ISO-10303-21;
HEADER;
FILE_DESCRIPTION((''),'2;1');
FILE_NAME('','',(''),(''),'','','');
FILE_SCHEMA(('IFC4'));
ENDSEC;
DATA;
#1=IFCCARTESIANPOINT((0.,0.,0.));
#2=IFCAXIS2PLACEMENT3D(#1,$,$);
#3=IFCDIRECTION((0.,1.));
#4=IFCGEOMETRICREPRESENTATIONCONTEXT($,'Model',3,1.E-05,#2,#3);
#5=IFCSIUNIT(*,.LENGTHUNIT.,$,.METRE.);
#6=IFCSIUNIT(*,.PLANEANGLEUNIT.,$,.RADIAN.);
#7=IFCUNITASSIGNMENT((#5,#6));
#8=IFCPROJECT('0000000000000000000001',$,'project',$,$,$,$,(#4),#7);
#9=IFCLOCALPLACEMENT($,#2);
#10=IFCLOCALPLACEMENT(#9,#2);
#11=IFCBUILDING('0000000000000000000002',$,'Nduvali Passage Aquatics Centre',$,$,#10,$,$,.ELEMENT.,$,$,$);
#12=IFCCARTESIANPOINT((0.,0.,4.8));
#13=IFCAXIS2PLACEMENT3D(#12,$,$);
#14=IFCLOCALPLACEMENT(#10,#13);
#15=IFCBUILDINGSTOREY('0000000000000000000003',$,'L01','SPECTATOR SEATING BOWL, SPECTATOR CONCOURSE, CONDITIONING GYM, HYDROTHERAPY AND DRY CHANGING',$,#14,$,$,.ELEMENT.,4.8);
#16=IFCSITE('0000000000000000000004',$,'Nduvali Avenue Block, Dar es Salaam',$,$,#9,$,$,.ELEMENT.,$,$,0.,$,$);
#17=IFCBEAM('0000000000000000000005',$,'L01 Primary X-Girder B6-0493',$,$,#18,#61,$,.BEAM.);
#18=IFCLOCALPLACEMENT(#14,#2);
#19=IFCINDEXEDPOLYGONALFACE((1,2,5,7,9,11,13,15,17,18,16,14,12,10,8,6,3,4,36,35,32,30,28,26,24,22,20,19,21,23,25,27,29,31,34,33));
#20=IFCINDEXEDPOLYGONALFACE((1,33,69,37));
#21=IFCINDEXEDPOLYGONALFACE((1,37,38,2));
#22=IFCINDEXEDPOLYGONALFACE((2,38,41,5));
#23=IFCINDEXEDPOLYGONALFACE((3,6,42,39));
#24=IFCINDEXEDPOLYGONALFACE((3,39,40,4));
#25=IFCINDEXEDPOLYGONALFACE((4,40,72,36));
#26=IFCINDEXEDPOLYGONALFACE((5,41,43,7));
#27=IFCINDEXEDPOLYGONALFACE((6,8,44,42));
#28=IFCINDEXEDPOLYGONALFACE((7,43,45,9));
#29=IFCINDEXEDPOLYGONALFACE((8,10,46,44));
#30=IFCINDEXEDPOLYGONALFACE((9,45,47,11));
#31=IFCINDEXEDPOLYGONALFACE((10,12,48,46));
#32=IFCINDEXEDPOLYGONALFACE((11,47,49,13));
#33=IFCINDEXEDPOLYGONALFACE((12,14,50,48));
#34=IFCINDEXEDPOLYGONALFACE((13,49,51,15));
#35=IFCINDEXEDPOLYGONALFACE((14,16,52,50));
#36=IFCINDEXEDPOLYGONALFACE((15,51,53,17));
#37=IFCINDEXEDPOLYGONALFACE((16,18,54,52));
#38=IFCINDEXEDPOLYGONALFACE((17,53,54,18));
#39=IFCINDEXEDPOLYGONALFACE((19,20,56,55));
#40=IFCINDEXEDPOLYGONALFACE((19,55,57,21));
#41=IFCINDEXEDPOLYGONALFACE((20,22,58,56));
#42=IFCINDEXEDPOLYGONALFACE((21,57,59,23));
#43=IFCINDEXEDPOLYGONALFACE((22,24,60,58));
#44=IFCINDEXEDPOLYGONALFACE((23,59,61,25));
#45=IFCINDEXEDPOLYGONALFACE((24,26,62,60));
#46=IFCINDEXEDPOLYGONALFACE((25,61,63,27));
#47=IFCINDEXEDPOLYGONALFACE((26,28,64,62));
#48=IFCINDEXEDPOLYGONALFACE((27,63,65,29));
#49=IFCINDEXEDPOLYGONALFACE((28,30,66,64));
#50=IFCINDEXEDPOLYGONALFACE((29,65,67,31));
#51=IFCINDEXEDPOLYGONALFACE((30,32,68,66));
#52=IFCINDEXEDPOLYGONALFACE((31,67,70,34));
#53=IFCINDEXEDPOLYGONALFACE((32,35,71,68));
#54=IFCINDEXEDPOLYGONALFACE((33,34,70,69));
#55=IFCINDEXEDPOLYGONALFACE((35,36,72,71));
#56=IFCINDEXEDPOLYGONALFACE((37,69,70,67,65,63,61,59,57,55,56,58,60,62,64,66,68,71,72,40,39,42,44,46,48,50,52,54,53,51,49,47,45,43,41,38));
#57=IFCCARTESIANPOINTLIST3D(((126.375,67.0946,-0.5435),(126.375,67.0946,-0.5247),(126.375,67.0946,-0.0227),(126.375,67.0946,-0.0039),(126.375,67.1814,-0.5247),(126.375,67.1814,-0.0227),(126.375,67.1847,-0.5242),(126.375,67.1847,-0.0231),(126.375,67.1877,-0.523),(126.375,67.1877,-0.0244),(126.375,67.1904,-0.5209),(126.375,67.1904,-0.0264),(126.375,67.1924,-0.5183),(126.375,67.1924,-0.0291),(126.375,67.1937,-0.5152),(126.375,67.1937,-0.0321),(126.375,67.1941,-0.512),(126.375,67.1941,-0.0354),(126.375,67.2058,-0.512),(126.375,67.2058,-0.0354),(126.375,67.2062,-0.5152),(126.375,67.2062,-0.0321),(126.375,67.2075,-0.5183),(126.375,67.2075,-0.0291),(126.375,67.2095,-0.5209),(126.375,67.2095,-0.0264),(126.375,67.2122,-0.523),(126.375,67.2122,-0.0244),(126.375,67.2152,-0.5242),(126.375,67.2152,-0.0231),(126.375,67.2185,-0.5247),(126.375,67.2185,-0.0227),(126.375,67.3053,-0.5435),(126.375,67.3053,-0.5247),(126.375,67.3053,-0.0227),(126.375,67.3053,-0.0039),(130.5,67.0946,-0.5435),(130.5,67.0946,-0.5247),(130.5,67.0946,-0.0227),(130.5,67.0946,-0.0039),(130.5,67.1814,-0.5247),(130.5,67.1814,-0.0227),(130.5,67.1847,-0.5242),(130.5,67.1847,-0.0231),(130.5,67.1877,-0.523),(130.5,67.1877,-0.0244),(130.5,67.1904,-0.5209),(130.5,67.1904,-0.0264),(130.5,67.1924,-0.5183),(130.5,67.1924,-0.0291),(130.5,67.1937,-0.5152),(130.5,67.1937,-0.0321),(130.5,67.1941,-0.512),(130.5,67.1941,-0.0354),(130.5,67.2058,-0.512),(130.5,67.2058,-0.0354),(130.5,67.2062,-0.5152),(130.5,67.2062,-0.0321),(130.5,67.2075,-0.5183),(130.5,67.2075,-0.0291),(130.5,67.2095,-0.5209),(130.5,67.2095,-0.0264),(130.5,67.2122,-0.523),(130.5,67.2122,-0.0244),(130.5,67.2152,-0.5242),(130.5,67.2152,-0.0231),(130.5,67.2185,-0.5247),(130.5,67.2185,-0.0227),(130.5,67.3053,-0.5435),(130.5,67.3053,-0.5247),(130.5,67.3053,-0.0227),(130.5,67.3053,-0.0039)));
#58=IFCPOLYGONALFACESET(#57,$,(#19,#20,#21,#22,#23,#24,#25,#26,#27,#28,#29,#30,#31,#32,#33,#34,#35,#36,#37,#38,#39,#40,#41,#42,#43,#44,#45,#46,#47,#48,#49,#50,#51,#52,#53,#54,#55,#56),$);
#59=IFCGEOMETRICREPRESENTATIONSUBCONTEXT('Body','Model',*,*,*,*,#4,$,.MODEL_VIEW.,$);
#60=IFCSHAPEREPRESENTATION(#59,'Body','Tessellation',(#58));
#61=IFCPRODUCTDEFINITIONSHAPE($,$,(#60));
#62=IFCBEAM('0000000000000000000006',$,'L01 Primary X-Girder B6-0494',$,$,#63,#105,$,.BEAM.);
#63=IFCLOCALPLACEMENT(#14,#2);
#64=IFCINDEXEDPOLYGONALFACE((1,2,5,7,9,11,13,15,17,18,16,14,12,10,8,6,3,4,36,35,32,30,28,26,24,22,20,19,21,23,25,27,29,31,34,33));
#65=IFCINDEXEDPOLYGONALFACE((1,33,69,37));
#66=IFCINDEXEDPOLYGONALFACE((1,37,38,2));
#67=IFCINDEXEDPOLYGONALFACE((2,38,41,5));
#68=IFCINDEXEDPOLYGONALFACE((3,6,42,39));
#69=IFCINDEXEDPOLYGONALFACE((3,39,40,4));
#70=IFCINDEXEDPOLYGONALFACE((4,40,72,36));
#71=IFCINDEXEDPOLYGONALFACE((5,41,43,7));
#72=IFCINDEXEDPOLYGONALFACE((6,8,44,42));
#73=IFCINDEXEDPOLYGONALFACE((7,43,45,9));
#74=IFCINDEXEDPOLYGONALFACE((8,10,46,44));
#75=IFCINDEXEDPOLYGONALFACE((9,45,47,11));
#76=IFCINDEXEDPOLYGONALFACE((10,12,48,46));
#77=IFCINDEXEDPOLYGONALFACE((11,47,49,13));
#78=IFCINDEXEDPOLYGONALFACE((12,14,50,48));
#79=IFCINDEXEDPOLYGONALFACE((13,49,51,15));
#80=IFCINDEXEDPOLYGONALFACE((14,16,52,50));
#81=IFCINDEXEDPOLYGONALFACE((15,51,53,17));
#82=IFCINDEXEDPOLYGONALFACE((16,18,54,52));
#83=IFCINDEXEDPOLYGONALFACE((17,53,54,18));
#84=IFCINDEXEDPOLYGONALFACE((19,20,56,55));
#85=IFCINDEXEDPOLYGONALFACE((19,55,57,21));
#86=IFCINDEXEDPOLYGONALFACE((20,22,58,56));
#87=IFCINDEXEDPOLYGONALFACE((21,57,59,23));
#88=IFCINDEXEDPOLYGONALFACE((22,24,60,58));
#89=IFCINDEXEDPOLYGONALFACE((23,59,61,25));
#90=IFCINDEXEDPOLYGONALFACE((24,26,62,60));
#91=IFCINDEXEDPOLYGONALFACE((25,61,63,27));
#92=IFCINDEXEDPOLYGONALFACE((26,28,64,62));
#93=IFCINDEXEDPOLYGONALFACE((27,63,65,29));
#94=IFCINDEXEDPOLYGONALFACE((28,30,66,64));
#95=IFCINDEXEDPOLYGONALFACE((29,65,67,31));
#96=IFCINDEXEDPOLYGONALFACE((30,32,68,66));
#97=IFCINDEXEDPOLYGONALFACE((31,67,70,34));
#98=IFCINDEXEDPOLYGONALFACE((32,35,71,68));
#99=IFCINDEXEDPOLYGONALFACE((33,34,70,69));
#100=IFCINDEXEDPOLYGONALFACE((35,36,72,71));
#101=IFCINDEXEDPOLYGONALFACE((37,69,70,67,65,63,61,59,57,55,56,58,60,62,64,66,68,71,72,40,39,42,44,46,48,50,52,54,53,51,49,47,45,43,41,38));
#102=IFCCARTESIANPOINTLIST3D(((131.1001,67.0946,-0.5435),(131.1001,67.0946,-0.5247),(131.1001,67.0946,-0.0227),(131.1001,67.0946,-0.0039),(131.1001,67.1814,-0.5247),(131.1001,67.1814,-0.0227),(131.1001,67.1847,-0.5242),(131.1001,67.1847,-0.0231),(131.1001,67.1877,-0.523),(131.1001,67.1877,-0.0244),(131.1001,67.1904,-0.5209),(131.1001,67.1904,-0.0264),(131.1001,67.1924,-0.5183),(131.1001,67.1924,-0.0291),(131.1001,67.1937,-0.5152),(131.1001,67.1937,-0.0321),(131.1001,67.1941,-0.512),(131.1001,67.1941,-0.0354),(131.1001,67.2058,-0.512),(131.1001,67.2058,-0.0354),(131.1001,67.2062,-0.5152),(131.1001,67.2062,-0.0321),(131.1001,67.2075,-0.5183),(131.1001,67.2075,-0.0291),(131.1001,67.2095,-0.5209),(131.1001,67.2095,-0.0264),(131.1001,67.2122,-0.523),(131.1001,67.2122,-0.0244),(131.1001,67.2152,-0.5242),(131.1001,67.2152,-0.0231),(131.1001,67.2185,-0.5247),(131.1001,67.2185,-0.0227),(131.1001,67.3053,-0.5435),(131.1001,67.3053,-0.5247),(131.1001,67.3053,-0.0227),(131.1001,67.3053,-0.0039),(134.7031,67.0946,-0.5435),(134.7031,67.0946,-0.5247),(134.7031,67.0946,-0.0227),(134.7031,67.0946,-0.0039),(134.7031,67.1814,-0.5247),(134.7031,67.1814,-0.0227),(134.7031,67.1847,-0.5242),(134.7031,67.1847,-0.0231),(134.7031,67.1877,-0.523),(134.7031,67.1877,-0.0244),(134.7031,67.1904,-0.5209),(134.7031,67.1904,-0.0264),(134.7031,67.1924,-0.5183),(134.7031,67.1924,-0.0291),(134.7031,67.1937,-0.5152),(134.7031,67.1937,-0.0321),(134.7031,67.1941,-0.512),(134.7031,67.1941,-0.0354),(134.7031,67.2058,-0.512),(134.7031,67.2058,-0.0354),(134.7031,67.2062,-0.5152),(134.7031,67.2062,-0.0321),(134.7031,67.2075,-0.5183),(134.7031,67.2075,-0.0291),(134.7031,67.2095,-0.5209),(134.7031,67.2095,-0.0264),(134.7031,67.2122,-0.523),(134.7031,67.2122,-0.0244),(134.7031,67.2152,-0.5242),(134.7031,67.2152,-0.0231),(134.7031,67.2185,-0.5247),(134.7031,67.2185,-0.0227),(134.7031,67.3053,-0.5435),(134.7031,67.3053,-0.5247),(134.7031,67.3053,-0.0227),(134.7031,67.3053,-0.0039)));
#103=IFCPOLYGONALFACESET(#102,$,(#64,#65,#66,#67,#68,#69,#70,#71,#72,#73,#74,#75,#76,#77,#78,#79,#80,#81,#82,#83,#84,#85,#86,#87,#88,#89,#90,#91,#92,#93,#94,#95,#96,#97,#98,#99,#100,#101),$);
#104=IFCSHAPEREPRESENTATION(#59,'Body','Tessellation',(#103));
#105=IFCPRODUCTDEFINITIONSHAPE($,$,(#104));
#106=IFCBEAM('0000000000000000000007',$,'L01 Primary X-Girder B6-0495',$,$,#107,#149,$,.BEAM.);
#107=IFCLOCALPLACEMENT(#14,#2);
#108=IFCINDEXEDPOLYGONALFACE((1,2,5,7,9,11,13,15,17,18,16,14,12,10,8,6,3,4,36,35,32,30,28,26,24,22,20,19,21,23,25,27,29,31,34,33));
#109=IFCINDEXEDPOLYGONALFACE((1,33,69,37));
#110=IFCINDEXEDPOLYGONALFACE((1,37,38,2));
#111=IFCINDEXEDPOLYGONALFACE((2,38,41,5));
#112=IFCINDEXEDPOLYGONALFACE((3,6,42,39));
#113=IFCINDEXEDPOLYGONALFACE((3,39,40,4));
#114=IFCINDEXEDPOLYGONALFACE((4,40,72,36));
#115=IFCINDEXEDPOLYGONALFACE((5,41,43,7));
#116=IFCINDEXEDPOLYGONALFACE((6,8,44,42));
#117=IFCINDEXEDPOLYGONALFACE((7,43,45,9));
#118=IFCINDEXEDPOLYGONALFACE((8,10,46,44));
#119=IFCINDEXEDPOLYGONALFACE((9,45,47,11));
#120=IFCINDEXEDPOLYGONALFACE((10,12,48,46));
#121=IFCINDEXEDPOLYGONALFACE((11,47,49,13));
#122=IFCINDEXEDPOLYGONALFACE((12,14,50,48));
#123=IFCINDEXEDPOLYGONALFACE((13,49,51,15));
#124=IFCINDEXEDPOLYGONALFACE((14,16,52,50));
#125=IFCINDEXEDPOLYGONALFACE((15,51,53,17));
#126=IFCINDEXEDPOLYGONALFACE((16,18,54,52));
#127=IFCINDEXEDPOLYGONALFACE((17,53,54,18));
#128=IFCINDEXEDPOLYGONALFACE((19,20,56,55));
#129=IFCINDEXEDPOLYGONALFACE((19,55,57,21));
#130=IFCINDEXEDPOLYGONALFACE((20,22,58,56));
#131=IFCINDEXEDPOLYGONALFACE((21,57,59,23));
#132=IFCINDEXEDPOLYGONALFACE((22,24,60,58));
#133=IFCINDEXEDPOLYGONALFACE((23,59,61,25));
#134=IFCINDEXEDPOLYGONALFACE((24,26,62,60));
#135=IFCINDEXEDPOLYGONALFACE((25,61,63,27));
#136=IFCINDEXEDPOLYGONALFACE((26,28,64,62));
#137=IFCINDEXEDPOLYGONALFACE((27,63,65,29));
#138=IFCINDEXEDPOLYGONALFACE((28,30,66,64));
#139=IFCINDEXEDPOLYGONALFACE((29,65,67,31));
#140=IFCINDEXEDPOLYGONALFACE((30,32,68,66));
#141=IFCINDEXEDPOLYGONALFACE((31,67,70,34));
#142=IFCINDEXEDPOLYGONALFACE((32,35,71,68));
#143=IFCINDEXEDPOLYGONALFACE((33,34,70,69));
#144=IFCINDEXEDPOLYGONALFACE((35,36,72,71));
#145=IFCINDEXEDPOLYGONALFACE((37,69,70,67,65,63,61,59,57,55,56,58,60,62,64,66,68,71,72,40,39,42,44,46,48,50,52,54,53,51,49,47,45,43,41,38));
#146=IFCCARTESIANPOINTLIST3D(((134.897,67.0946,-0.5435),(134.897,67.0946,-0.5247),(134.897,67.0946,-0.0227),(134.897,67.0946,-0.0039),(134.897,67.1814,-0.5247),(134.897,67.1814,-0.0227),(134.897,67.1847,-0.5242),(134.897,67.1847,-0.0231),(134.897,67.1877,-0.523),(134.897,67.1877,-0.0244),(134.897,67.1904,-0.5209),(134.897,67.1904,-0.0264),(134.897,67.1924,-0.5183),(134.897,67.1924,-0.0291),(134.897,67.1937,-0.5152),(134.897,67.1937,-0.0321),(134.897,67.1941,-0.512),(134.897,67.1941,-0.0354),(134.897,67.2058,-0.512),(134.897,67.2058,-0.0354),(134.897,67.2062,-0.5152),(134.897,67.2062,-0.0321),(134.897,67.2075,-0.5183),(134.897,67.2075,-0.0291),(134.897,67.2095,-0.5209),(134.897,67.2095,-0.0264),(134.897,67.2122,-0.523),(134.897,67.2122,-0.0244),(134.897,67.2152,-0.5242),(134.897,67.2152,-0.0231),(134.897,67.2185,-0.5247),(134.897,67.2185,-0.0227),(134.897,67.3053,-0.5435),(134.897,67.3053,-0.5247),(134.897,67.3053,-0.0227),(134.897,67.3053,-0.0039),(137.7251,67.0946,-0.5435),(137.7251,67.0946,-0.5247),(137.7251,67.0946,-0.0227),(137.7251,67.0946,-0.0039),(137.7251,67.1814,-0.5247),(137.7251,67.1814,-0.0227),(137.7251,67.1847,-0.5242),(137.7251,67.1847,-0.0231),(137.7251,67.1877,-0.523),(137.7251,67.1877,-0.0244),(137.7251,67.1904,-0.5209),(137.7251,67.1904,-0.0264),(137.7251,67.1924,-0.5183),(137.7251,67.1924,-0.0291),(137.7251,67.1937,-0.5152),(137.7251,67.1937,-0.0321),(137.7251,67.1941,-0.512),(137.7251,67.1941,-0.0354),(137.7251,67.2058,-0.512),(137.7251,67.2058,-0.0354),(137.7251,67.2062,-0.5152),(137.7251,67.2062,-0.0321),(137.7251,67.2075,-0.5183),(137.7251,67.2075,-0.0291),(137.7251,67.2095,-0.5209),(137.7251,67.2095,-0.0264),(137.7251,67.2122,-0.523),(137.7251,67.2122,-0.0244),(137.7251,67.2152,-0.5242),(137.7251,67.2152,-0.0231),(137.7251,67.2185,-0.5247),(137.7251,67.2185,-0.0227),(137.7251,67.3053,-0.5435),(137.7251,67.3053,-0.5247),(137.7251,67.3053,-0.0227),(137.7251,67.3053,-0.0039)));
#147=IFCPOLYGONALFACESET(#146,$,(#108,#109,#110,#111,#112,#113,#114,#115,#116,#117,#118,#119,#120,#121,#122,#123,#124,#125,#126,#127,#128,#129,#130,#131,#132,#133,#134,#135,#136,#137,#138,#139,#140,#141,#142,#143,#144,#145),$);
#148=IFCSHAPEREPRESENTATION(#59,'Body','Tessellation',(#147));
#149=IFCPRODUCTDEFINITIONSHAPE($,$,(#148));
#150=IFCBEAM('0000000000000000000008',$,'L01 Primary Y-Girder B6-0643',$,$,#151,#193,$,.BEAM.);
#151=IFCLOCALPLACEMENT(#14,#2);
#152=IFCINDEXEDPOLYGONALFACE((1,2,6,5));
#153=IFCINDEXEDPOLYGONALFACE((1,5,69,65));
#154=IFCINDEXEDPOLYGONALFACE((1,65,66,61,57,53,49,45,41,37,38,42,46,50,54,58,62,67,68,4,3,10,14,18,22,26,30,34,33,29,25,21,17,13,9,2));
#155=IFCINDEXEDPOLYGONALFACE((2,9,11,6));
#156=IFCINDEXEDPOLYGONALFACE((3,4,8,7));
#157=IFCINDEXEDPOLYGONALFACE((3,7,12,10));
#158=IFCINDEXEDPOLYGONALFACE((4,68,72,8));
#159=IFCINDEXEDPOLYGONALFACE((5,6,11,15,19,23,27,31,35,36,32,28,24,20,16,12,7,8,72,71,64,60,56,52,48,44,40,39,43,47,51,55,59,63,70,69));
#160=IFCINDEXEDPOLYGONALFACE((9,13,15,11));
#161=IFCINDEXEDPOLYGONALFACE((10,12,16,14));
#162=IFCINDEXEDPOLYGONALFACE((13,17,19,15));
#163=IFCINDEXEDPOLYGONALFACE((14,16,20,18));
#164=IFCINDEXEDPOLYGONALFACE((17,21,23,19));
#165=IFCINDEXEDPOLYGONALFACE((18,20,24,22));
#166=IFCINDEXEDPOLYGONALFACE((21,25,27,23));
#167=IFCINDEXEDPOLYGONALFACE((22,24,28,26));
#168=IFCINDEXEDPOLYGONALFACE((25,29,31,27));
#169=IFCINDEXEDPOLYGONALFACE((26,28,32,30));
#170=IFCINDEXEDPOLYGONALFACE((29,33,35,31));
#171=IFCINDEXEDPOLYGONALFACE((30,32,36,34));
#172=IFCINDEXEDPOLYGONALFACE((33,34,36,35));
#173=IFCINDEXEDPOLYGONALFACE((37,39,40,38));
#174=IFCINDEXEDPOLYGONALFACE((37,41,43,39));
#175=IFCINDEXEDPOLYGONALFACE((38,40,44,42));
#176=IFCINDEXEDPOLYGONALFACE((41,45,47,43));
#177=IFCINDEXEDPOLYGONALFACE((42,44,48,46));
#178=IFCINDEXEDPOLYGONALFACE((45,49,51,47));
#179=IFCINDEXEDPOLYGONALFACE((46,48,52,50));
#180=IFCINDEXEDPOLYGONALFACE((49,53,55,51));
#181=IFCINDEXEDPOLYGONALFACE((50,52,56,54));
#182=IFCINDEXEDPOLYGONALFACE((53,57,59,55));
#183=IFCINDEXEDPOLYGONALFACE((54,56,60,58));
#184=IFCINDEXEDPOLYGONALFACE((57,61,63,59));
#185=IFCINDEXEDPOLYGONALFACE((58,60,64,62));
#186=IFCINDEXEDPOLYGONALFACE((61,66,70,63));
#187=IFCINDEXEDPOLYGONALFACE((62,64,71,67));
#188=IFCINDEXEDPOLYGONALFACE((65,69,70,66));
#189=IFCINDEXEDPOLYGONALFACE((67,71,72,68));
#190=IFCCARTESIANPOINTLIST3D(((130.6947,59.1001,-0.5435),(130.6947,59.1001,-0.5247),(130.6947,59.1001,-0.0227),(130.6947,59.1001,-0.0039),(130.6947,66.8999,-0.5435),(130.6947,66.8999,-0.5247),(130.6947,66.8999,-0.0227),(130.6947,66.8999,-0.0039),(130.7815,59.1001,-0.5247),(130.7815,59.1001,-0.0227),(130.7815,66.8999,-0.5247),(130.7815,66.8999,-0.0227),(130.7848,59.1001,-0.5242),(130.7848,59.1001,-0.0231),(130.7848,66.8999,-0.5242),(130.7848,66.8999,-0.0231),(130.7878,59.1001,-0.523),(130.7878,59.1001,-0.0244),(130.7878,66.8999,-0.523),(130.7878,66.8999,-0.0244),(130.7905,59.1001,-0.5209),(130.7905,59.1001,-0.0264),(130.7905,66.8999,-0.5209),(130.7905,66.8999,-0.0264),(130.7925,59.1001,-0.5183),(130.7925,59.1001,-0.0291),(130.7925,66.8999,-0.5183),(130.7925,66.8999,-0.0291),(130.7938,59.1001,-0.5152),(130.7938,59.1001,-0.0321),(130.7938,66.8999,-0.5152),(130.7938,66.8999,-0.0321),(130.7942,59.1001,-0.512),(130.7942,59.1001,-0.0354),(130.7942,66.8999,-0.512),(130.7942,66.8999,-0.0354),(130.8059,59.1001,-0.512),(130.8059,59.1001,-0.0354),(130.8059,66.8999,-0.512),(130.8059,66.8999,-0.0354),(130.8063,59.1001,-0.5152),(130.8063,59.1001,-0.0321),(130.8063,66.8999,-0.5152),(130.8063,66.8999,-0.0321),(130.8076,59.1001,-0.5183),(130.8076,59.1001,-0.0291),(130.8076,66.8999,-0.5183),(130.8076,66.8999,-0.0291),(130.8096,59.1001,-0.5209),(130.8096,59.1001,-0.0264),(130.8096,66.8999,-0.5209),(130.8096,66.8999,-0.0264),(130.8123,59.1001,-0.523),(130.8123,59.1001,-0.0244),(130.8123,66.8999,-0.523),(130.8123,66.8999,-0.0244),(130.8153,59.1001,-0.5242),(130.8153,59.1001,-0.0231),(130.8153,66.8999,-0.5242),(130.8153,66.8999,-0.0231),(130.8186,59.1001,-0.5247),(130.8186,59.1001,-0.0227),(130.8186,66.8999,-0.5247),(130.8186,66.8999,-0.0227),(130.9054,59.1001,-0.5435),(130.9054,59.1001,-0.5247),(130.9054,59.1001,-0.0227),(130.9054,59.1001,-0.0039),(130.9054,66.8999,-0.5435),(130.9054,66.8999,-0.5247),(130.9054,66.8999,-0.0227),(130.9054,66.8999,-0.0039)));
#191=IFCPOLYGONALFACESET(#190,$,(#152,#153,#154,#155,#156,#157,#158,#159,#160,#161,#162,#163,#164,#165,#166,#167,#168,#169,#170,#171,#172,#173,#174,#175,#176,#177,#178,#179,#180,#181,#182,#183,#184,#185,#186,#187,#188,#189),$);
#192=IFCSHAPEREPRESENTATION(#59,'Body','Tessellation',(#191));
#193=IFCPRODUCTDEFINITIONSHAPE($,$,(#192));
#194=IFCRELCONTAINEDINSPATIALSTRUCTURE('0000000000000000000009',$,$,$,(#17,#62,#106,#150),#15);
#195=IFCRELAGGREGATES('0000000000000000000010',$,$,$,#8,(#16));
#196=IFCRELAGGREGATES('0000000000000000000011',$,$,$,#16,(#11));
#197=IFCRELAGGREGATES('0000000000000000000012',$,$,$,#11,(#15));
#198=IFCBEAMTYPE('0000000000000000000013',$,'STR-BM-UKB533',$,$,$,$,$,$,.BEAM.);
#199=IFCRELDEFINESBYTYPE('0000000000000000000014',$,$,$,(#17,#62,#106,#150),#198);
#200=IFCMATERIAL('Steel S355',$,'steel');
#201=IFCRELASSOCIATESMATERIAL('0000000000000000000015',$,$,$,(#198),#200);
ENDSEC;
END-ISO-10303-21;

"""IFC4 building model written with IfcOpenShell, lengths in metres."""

from ifc_helpers import new_model, si_unit, direction, frame, origin, origin_2d, place, context, subcontext, project, spatial, i_section, extrude, material, material_profile, profile_set, type_object, element, save


model = new_model("IFC4")

# Units and contexts
model_context = context("Model", 3, precision=1e-05, world=origin(), true_north=direction((0.0, 1.0)))
body_context = subcontext(model_context, "Body", "Model", "MODEL_VIEW")
ifc_project = project(units=[si_unit("LENGTHUNIT", "METRE"), si_unit("PLANEANGLEUNIT", "RADIAN")], contexts=[model_context])

# Site, building, storey
site_placement = place(None, origin())
site = spatial("IfcSite", under=ifc_project, at=site_placement, Name="Nduvali Avenue Block, Dar es Salaam", CompositionType="ELEMENT", RefElevation=0.0)
building_placement = place(site_placement, origin())
building = spatial("IfcBuilding", under=site, at=building_placement, Name="Nduvali Passage Aquatics Centre", CompositionType="ELEMENT")
storey_placement = place(building_placement, frame((0.0, 0.0, 4.8)))
storey = spatial("IfcBuildingStorey", under=building, at=storey_placement, Name="L01", Description="SPECTATOR SEATING BOWL, SPECTATOR CONCOURSE, CONDITIONING GYM, HYDROTHERAPY AND DRY CHANGING", CompositionType="ELEMENT", Elevation=4.8)

# Shared definitions
ifc_material_1 = material(Name="Steel S355", Category="steel")

# Beams
ifc_material_profile_1 = material_profile(ifc_material_1, i_section(OverallWidth=0.2107, OverallDepth=0.5396, WebThickness=0.0117, FlangeThickness=0.0188, FilletRadius=0.0127, at=origin_2d()), Name="UKB 533x210x109")
ifc_profile_set_1 = profile_set([ifc_material_profile_1], Name="Steel S355")
beam_type_1 = type_object("IfcBeamType", Name="STR-BM-UKB533", PredefinedType="BEAM", material=ifc_profile_set_1)
beam_1_placement = place(storey_placement, frame((126.375, 67.2, -0.2737), z_axis=(1.0, 0.0, 0.0), x_axis=(0.0, 1.0, 0.0)))
element("IfcBeam", 1, at=beam_1_placement, inside=storey, type_object=beam_type_1, Name="L01 Primary X-Girder B6-0493", PredefinedType="BEAM", context=body_context, shape_type="SweptSolid", body=[
    extrude(i_section(OverallWidth=0.2107, OverallDepth=0.5396, WebThickness=0.0117, FlangeThickness=0.0188, FilletRadius=0.0127, at=origin_2d()), origin(), (0.0, 0.0, 1.0), 4.125),
])
beam_2_placement = place(storey_placement, frame((131.1001, 67.2, -0.2737), z_axis=(1.0, 0.0, 0.0), x_axis=(0.0, 1.0, 0.0)))
element("IfcBeam", 2, at=beam_2_placement, inside=storey, type_object=beam_type_1, Name="L01 Primary X-Girder B6-0494", PredefinedType="BEAM", context=body_context, shape_type="SweptSolid", body=[
    extrude(i_section(OverallWidth=0.2107, OverallDepth=0.5396, WebThickness=0.0117, FlangeThickness=0.0188, FilletRadius=0.0127, at=origin_2d()), origin(), (0.0, 0.0, 1.0), 3.603),
])
beam_3_placement = place(storey_placement, frame((134.897, 67.2, -0.2737), z_axis=(1.0, 0.0, 0.0), x_axis=(0.0, 1.0, 0.0)))
element("IfcBeam", 3, at=beam_3_placement, inside=storey, type_object=beam_type_1, Name="L01 Primary X-Girder B6-0495", PredefinedType="BEAM", context=body_context, shape_type="SweptSolid", body=[
    extrude(i_section(OverallWidth=0.2107, OverallDepth=0.5396, WebThickness=0.0117, FlangeThickness=0.0188, FilletRadius=0.0127, at=origin_2d()), origin(), (0.0, 0.0, 1.0), 2.8281),
])
beam_4_placement = place(storey_placement, frame((130.8, 59.1001, -0.2737), z_axis=(0.0, 1.0, 0.0), x_axis=(-1.0, 0.0, 0.0)))
element("IfcBeam", 4, at=beam_4_placement, inside=storey, type_object=beam_type_1, Name="L01 Primary Y-Girder B6-0643", PredefinedType="BEAM", context=body_context, shape_type="SweptSolid", body=[
    extrude(i_section(OverallWidth=0.2107, OverallDepth=0.5396, WebThickness=0.0117, FlangeThickness=0.0188, FilletRadius=0.0127, at=origin_2d()), origin(), (0.0, 0.0, 1.0), 7.7998),
])

save(model, "model.ifc")
